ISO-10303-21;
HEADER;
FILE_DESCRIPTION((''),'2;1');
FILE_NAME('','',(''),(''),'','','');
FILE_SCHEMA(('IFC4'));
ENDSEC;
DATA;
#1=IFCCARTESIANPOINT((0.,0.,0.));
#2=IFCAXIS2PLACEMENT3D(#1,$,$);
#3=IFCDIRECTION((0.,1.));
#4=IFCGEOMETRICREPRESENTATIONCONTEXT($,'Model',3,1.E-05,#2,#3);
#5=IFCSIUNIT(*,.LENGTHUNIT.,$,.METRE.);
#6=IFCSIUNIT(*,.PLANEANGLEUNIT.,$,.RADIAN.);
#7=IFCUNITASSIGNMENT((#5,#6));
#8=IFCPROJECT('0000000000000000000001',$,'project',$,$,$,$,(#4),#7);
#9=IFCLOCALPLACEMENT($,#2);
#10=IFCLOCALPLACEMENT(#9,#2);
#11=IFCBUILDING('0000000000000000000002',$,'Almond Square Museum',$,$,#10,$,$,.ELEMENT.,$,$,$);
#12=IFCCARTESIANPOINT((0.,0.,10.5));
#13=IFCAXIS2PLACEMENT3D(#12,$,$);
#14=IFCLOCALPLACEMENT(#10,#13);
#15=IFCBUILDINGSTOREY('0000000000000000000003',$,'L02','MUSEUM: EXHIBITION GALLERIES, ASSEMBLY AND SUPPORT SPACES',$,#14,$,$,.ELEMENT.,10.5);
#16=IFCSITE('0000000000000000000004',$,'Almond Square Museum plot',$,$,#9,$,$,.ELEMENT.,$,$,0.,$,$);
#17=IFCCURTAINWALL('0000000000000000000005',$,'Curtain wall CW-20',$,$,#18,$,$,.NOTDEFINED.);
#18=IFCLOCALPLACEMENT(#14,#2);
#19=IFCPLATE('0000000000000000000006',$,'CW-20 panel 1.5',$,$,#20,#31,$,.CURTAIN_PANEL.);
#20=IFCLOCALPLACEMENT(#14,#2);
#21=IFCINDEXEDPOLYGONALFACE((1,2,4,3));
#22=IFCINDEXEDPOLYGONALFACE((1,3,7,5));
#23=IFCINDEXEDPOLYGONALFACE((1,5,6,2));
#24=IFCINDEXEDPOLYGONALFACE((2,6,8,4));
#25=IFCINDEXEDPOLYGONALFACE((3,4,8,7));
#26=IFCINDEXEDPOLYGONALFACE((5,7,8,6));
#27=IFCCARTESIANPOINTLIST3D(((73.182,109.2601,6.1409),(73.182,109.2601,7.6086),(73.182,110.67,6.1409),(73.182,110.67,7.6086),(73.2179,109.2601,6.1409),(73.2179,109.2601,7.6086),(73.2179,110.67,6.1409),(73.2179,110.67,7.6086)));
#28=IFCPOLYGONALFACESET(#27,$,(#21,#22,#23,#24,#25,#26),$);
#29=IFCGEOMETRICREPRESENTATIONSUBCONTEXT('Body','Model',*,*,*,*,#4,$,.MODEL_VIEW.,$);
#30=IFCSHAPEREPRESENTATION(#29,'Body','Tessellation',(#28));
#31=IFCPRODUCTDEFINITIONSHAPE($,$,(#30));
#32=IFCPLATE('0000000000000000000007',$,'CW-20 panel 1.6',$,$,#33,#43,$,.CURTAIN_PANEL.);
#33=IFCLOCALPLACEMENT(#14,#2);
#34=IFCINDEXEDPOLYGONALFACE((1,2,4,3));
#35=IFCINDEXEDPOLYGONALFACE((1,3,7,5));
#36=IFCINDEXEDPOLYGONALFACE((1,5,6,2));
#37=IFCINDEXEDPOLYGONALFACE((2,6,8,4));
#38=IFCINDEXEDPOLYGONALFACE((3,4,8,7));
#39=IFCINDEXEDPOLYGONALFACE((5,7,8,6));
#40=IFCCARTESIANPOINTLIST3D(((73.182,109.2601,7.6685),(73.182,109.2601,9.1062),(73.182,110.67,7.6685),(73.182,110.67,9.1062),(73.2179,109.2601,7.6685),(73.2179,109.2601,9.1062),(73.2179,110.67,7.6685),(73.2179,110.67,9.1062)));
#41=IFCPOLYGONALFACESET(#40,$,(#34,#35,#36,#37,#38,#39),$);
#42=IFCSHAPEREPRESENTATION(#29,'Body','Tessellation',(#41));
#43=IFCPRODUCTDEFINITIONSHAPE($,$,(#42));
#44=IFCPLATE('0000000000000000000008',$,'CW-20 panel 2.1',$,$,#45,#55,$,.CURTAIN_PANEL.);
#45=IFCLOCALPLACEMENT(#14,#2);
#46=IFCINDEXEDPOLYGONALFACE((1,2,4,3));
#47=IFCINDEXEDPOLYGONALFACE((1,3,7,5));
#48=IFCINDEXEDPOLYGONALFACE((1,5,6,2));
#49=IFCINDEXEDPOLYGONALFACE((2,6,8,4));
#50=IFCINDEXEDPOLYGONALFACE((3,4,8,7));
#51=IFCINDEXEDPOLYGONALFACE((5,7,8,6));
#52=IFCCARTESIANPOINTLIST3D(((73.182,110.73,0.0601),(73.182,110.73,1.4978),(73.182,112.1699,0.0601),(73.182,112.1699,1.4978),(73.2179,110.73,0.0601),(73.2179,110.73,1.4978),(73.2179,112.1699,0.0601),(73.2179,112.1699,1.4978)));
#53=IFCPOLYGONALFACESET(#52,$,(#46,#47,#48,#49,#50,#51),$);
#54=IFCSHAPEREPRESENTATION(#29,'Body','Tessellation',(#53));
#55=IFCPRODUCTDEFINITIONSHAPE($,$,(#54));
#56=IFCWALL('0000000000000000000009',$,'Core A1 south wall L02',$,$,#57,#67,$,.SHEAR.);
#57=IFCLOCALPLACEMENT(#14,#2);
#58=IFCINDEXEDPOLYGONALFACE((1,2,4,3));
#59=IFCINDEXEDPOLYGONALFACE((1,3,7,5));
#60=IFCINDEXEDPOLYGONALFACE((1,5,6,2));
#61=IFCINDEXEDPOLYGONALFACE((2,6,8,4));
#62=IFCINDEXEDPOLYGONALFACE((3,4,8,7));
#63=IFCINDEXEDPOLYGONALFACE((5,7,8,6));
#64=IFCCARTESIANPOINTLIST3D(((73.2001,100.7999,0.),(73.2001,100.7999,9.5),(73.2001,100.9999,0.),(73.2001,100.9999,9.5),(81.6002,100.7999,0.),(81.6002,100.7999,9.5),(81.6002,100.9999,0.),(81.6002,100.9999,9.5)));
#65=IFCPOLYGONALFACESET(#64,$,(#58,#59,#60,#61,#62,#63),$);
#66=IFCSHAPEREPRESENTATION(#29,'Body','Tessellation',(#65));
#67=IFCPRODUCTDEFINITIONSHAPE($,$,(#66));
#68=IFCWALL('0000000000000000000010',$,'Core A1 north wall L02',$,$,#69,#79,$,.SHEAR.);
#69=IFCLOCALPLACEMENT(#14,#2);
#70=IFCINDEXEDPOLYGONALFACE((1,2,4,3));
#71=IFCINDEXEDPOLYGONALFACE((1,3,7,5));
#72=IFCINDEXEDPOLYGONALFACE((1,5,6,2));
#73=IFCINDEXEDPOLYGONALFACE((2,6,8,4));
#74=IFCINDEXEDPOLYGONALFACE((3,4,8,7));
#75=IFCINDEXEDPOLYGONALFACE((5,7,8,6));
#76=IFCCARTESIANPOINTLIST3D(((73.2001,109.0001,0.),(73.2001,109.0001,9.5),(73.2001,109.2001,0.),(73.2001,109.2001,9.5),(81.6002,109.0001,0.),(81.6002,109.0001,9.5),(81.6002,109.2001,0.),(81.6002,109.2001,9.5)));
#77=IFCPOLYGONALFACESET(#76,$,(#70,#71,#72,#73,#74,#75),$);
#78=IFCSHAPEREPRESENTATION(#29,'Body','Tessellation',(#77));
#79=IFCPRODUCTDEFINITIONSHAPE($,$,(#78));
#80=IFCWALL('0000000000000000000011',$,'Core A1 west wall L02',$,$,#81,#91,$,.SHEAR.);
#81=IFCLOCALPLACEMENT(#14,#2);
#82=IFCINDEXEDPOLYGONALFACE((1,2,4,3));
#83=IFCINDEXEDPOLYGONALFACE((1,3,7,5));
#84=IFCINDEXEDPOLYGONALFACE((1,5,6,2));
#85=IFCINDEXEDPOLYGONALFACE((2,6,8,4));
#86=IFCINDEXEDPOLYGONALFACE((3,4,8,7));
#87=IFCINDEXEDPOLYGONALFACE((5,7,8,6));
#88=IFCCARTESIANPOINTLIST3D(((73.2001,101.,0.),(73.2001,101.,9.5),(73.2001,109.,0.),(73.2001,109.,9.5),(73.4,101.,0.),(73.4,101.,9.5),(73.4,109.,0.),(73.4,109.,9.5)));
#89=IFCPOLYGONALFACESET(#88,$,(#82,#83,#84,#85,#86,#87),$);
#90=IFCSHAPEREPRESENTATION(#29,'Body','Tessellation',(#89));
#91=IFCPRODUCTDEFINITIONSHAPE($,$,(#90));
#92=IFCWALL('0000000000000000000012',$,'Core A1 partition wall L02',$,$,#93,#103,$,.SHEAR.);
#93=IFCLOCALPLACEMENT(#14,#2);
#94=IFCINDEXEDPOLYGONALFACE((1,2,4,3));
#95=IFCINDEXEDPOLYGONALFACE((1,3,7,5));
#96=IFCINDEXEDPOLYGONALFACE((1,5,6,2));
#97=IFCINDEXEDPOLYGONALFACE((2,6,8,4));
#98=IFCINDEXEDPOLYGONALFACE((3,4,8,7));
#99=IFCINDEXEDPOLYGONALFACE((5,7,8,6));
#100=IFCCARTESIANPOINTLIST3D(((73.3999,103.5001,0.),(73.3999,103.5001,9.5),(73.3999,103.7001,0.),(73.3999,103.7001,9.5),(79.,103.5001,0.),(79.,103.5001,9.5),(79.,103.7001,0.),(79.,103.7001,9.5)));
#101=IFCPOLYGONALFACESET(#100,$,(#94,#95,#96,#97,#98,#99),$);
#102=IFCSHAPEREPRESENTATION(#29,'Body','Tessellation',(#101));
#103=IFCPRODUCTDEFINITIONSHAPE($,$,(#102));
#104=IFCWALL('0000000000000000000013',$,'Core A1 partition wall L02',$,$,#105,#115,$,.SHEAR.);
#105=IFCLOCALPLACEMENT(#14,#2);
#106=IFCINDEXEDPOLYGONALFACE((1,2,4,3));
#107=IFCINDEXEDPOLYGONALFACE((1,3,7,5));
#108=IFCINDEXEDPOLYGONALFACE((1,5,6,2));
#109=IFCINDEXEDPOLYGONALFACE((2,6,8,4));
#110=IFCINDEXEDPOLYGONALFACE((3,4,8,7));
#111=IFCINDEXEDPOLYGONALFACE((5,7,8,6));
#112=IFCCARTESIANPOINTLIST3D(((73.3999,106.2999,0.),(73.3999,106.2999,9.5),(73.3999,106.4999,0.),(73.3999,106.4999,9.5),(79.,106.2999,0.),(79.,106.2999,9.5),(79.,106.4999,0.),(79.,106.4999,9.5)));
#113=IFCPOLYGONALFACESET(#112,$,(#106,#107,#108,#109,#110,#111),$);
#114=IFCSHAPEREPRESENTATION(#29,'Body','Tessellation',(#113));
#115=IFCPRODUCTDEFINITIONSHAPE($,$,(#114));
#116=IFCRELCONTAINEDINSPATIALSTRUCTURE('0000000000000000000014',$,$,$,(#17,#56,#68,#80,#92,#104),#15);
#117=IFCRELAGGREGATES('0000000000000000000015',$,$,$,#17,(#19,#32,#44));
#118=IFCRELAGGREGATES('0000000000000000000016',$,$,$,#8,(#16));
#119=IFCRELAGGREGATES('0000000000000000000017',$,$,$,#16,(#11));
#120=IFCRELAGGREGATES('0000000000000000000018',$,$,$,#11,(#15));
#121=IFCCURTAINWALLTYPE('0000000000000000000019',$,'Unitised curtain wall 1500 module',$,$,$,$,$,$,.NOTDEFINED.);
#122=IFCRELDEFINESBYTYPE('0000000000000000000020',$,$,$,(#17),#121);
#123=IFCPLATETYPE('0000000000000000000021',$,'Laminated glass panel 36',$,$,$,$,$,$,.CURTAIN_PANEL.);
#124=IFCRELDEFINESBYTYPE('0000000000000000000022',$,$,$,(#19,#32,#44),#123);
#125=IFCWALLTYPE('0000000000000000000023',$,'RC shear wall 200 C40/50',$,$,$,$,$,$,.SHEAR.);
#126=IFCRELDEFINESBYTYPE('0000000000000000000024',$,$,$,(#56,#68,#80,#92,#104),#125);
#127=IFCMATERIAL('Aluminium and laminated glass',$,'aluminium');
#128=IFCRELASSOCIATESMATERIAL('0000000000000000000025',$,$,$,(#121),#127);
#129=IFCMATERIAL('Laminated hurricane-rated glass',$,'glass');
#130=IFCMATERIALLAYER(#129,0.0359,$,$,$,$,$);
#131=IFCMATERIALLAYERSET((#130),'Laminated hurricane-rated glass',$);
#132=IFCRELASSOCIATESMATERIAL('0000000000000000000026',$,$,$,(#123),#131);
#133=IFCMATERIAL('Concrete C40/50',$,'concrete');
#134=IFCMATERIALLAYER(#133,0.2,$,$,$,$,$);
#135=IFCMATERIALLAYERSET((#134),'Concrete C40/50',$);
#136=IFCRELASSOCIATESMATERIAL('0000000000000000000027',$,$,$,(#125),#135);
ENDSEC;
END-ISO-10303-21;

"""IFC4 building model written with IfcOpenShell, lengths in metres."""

from ifc_helpers import new_model, si_unit, direction, frame, frame_2d, origin, origin_2d, place, context, subcontext, project, spatial, rectangle, extrude, material, layer, layer_set, type_object, element, aggregate, save


model = new_model("IFC4")

# Units and contexts
model_context = context("Model", 3, precision=1e-05, world=origin(), true_north=direction((0.0, 1.0)))
body_context = subcontext(model_context, "Body", "Model", "MODEL_VIEW")
ifc_project = project(units=[si_unit("LENGTHUNIT", "METRE"), si_unit("PLANEANGLEUNIT", "RADIAN")], contexts=[model_context])

# Site, building, storey
site_placement = place(None, origin())
site = spatial("IfcSite", under=ifc_project, at=site_placement, Name="Almond Square Museum plot", CompositionType="ELEMENT", RefElevation=0.0)
building_placement = place(site_placement, origin())
building = spatial("IfcBuilding", under=site, at=building_placement, Name="Almond Square Museum", CompositionType="ELEMENT")
storey_placement = place(building_placement, frame((0.0, 0.0, 10.5)))
storey = spatial("IfcBuildingStorey", under=building, at=storey_placement, Name="L02", Description="MUSEUM: EXHIBITION GALLERIES, ASSEMBLY AND SUPPORT SPACES", CompositionType="ELEMENT", Elevation=10.5)

# Curtain wall
ifc_material_1 = material(Name="Aluminium and laminated glass", Category="aluminium")
curtain_wall_type = type_object("IfcCurtainWallType", Name="Unitised curtain wall 1500 module", PredefinedType="NOTDEFINED", material=ifc_material_1)
curtain_wall_placement = place(storey_placement, origin())
curtain_wall = element("IfcCurtainWall", 1, at=curtain_wall_placement, inside=storey, type_object=curtain_wall_type, Name="Curtain wall CW-20", PredefinedType="NOTDEFINED")

# Plates
ifc_material_2 = material(Name="Laminated hurricane-rated glass", Category="glass")
ifc_layer_1 = layer(ifc_material_2, 0.0359)
ifc_layer_set_1 = layer_set([ifc_layer_1], Name="Laminated hurricane-rated glass")
plate_type = type_object("IfcPlateType", Name="Laminated glass panel 36", PredefinedType="CURTAIN_PANEL", material=ifc_layer_set_1)
plate_1_placement = place(storey_placement, frame((73.2, 109.9651, 6.1409), z_axis=(0.0, 0.0, 1.0), x_axis=(0.0, 1.0, 0.0)))
plate_1 = element("IfcPlate", 2, at=plate_1_placement, type_object=plate_type, Name="CW-20 panel 1.5", PredefinedType="CURTAIN_PANEL", context=body_context, shape_type="SweptSolid", body=[
    extrude(rectangle(XDim=1.4099, YDim=0.0359, at=origin_2d()), origin(), (0.0, 0.0, 1.0), 1.4678),
])
plate_2_placement = place(storey_placement, frame((73.2, 109.9651, 7.6685), z_axis=(0.0, 0.0, 1.0), x_axis=(0.0, 1.0, 0.0)))
plate_2 = element("IfcPlate", 3, at=plate_2_placement, type_object=plate_type, Name="CW-20 panel 1.6", PredefinedType="CURTAIN_PANEL", context=body_context, shape_type="SweptSolid", body=[
    extrude(rectangle(XDim=1.4099, YDim=0.0359, at=origin_2d()), origin(), (0.0, 0.0, 1.0), 1.4377),
])
plate_3_placement = place(storey_placement, frame((73.2, 111.45, 0.0601), z_axis=(0.0, 0.0, 1.0), x_axis=(0.0, 1.0, 0.0)))
plate_3 = element("IfcPlate", 4, at=plate_3_placement, type_object=plate_type, Name="CW-20 panel 2.1", PredefinedType="CURTAIN_PANEL", context=body_context, shape_type="SweptSolid", body=[
    extrude(rectangle(XDim=1.4399, YDim=0.0359, at=origin_2d()), origin(), (0.0, 0.0, 1.0), 1.4377),
])
aggregate(curtain_wall, [plate_1, plate_2, plate_3])

# Walls
ifc_material_3 = material(Name="Concrete C40/50", Category="concrete")
ifc_layer_2 = layer(ifc_material_3, 0.2)
ifc_layer_set_2 = layer_set([ifc_layer_2], Name="Concrete C40/50")
wall_type = type_object("IfcWallType", Name="RC shear wall 200 C40/50", PredefinedType="SHEAR", material=ifc_layer_set_2)
for number, where, z_axis, x_axis, name in (
    (5, (73.2, 100.8999, 0.0), (0.0, 0.0, 1.0), (1.0, 0.0, 0.0), "Core A1 south wall L02"),
    (6, (73.2, 109.1001, 0.0), (0.0, 0.0, 1.0), (1.0, 0.0, 0.0), "Core A1 north wall L02"),
):
    element("IfcWall", number, at=place(storey_placement, frame(where, z_axis=z_axis, x_axis=x_axis)), inside=storey, type_object=wall_type, Name=name, PredefinedType="SHEAR", context=body_context, shape_type="SweptSolid", body=[
        extrude(rectangle(XDim=8.4001, YDim=0.2, at=frame_2d((4.2002, 0.0))), origin(), (0.0, 0.0, 1.0), 9.5),
    ])
wall_placement = place(storey_placement, frame((73.3, 101.0, 0.0), z_axis=(0.0, 0.0, 1.0), x_axis=(0.0, 1.0, 0.0)))
element("IfcWall", 7, at=wall_placement, inside=storey, type_object=wall_type, Name="Core A1 west wall L02", PredefinedType="SHEAR", context=body_context, shape_type="SweptSolid", body=[
    extrude(rectangle(XDim=8.0, YDim=0.2, at=frame_2d((4.0, 0.0))), origin(), (0.0, 0.0, 1.0), 9.5),
])
for number, where, z_axis, x_axis, name in (
    (8, (73.3999, 103.6001, 0.0), (0.0, 0.0, 1.0), (1.0, 0.0, 0.0), "Core A1 partition wall L02"),
    (9, (73.3999, 106.3999, 0.0), (0.0, 0.0, 1.0), (1.0, 0.0, 0.0), "Core A1 partition wall L02"),
):
    element("IfcWall", number, at=place(storey_placement, frame(where, z_axis=z_axis, x_axis=x_axis)), inside=storey, type_object=wall_type, Name=name, PredefinedType="SHEAR", context=body_context, shape_type="SweptSolid", body=[
        extrude(rectangle(XDim=5.6001, YDim=0.2, at=frame_2d((2.8, 0.0))), origin(), (0.0, 0.0, 1.0), 9.5),
    ])

save(model, "model.ifc")
